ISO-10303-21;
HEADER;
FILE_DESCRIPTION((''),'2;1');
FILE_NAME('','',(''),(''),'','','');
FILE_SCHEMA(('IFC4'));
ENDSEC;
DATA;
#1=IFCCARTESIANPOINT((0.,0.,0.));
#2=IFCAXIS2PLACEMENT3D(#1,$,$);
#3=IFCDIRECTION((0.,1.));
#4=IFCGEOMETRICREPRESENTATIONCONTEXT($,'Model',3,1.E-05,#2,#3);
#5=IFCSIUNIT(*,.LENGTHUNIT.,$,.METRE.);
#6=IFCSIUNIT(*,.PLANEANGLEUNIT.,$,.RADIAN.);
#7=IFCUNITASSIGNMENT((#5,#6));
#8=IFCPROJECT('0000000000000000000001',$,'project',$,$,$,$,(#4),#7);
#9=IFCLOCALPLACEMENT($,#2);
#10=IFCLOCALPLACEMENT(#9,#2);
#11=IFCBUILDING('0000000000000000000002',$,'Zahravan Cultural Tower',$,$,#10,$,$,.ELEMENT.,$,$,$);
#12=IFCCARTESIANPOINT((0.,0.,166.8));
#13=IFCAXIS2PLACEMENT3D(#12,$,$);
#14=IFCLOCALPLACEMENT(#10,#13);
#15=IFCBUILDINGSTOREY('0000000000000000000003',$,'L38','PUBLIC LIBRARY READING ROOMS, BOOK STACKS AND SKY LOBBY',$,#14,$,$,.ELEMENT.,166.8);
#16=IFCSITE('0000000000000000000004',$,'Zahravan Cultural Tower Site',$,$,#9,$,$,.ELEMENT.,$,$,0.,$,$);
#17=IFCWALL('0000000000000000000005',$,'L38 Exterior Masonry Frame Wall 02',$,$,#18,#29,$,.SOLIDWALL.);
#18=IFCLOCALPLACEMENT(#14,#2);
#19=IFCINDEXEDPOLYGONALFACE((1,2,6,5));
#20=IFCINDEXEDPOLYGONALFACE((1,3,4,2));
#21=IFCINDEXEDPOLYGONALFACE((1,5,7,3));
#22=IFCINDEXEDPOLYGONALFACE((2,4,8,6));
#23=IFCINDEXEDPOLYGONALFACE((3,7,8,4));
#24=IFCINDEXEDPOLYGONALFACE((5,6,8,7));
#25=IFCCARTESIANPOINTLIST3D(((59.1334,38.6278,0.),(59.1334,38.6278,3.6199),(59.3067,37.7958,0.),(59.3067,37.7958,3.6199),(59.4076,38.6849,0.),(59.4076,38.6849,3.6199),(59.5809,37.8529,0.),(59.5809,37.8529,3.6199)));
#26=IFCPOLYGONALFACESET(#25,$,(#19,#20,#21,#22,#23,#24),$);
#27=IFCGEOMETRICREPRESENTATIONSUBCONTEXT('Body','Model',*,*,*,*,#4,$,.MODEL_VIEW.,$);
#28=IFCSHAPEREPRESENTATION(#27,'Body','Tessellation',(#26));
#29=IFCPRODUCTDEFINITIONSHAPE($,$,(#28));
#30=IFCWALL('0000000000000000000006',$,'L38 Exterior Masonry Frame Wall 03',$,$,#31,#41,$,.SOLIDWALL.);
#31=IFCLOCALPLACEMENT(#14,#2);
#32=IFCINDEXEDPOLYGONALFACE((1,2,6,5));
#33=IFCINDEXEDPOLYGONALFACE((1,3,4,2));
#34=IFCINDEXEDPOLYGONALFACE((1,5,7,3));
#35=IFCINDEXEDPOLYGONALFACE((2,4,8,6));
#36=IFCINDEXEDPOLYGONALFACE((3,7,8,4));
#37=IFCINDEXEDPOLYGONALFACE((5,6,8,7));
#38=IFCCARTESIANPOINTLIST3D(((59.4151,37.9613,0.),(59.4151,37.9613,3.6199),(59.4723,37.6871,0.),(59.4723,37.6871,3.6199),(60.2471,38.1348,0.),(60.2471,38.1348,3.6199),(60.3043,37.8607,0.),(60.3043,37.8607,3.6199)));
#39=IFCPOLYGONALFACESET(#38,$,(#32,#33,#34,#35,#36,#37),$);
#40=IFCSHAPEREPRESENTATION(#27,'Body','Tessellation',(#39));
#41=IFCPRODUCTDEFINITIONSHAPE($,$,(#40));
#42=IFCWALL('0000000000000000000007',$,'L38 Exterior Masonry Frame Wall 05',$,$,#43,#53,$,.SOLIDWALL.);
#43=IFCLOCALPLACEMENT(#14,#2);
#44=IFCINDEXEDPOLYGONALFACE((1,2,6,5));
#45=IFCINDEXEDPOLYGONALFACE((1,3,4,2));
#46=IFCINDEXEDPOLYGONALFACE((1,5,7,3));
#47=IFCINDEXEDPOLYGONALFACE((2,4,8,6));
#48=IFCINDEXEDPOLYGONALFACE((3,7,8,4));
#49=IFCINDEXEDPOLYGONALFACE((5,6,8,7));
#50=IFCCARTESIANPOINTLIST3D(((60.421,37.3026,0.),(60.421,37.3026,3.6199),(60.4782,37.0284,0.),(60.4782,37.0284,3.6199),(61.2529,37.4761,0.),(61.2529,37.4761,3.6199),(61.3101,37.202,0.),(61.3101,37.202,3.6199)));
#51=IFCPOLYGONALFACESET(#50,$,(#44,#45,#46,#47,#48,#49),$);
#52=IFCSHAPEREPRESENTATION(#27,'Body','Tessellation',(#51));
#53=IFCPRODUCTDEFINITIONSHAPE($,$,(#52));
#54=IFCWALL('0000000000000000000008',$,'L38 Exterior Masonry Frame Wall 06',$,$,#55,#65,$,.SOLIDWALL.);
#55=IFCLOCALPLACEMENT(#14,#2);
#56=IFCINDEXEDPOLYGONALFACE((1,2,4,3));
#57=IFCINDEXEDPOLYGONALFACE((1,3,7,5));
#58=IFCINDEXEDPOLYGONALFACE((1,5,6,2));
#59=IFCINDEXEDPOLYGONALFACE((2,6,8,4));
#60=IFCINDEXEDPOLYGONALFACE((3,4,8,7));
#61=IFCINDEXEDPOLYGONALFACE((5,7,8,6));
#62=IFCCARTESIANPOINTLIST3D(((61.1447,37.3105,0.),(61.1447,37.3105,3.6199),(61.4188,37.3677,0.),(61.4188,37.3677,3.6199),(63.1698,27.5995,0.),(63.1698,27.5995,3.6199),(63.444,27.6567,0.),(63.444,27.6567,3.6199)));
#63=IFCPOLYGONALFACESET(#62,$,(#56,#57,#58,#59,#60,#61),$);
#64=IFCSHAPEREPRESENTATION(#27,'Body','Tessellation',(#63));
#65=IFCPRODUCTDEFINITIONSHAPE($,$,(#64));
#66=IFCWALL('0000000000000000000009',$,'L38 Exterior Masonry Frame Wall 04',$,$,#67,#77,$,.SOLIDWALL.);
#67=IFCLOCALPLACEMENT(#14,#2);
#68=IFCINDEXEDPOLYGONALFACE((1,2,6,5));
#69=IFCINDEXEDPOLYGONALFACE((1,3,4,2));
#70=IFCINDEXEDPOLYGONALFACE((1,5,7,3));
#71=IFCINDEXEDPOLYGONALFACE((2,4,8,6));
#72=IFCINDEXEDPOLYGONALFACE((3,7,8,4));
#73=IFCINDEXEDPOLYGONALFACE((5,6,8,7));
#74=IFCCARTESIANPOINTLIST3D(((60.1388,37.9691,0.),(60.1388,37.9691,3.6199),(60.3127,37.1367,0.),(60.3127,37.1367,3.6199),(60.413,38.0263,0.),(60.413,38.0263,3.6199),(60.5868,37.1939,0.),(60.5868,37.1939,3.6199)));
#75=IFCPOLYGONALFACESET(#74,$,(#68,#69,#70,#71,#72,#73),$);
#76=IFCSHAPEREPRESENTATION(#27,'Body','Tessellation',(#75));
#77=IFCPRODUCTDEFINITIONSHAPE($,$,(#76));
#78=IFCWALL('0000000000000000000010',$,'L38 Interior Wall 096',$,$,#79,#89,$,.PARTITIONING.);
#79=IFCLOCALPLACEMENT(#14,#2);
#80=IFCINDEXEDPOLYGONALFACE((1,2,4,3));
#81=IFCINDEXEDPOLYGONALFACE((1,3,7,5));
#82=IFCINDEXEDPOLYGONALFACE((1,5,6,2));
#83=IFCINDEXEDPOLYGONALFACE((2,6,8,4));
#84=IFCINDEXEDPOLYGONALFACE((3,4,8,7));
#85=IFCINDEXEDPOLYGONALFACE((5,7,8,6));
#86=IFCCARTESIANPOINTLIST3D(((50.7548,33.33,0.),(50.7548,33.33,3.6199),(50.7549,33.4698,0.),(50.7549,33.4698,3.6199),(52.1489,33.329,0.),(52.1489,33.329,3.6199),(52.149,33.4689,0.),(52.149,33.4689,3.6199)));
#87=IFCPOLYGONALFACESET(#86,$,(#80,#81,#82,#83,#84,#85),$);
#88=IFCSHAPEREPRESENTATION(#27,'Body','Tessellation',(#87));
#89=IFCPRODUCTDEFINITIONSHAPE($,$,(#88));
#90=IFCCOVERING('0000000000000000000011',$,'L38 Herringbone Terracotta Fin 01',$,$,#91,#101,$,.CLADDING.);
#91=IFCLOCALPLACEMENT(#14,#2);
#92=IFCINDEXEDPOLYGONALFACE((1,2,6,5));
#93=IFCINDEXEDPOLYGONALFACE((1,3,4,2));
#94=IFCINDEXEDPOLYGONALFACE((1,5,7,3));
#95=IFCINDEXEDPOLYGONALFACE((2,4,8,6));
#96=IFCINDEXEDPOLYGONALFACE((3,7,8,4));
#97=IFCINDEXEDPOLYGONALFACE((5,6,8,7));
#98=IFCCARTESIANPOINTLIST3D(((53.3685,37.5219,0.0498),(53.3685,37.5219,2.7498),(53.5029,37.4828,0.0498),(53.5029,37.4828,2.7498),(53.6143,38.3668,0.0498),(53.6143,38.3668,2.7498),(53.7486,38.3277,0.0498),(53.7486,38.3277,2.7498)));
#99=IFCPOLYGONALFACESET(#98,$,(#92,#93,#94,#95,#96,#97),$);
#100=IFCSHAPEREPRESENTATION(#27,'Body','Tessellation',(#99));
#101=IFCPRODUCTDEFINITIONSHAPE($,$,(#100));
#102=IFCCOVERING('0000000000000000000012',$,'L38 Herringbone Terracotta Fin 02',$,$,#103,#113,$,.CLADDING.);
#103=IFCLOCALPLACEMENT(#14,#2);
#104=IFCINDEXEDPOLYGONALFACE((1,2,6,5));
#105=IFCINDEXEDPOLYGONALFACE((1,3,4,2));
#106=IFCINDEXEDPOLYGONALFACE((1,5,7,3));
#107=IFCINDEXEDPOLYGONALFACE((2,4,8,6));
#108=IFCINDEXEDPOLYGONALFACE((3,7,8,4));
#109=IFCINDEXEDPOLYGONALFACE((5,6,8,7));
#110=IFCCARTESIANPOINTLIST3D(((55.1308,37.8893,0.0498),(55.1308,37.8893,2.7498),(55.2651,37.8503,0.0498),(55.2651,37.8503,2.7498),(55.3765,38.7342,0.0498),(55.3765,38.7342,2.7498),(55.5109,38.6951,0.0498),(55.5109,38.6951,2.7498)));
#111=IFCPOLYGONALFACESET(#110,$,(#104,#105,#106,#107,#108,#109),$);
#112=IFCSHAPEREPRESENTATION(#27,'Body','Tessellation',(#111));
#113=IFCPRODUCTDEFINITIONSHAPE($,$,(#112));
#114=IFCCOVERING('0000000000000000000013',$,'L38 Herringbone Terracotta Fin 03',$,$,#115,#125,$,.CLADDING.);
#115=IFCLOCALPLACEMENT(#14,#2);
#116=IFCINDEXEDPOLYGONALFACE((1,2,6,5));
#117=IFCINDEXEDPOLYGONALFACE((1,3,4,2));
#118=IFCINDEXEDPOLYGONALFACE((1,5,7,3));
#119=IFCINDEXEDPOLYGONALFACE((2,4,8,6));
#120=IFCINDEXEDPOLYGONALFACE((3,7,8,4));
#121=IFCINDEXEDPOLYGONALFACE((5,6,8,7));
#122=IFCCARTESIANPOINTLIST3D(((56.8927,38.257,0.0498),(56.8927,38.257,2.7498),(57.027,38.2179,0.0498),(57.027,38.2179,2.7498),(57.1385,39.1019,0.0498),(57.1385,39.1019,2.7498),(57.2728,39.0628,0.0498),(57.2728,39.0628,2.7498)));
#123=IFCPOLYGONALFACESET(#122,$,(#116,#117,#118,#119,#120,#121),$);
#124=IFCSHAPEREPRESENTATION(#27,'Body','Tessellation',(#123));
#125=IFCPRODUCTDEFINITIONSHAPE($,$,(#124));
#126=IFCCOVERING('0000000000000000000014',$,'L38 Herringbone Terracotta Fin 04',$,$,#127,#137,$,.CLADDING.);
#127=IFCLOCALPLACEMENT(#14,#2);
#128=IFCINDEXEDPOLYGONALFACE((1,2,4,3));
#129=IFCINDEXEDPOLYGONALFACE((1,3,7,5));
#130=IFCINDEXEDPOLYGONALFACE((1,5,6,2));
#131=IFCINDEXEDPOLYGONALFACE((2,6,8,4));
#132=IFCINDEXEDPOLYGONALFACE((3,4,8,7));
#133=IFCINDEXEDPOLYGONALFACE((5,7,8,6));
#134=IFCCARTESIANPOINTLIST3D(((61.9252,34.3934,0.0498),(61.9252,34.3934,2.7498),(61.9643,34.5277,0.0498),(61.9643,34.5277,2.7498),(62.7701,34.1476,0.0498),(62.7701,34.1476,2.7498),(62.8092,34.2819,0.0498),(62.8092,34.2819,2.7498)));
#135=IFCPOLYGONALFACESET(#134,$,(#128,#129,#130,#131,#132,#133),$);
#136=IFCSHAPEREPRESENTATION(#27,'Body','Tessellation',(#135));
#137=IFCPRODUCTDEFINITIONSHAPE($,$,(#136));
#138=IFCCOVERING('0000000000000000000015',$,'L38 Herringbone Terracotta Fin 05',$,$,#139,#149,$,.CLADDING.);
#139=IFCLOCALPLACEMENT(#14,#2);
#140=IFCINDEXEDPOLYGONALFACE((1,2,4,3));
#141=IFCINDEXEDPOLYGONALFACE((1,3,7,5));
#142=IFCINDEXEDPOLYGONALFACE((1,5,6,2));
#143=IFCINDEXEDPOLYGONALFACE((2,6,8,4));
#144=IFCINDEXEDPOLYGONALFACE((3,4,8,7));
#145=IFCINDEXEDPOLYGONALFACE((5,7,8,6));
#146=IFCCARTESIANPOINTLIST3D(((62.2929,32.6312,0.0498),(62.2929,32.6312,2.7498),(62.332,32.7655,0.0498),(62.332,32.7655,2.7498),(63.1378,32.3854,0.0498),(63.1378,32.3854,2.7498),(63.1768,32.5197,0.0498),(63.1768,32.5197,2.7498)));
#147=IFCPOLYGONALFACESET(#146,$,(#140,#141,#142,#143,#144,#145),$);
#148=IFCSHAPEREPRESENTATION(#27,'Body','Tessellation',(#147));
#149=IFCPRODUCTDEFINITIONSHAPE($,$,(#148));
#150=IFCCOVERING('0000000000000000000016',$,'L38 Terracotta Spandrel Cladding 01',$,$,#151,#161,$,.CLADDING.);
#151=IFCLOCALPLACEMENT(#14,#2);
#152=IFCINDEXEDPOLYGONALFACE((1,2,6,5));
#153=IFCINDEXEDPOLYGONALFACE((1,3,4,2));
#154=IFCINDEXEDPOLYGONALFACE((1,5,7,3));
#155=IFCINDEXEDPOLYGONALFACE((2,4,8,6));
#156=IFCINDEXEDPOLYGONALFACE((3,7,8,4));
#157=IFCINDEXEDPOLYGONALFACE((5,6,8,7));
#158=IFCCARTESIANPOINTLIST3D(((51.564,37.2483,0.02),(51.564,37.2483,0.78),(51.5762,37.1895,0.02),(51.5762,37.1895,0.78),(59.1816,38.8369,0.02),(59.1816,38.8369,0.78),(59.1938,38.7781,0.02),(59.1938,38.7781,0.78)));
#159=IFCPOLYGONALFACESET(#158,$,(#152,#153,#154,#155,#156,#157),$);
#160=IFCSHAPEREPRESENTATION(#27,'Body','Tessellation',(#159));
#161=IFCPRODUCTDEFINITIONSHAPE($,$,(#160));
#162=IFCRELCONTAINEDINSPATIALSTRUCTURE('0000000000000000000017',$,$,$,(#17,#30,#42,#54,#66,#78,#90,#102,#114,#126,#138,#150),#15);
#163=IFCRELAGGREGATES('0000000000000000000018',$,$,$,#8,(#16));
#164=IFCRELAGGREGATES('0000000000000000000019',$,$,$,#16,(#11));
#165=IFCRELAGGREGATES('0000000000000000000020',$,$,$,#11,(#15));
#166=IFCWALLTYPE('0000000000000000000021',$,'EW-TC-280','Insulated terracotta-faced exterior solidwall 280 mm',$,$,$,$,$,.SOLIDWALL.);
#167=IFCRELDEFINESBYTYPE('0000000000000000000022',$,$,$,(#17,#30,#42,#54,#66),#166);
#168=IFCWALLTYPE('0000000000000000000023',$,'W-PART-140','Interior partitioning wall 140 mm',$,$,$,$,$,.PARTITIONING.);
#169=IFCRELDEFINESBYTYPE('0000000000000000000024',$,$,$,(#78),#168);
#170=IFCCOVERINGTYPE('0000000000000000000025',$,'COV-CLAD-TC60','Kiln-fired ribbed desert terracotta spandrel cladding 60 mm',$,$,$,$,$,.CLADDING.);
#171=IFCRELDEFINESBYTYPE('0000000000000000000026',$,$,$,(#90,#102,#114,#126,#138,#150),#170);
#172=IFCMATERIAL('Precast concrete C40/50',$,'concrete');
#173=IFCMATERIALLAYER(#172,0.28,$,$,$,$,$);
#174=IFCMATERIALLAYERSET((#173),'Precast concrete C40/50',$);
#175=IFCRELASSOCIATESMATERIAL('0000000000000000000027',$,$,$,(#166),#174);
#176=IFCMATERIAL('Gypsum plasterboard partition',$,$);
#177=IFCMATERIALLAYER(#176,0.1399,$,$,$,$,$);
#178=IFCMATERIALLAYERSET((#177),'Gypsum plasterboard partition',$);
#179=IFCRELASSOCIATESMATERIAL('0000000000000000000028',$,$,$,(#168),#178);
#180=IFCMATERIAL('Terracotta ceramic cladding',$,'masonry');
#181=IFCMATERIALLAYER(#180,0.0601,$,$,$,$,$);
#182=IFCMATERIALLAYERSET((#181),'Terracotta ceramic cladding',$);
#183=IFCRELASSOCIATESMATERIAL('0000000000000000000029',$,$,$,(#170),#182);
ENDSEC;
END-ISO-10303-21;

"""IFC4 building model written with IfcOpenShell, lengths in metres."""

from ifc_helpers import new_model, si_unit, direction, frame, frame_2d, origin, origin_2d, place, context, subcontext, project, spatial, rectangle, extrude, source, transform, mapped, material, layer, layer_set, type_object, element, save


model = new_model("IFC4")

# Units and contexts
model_context = context("Model", 3, precision=1e-05, world=origin(), true_north=direction((0.0, 1.0)))
body_context = subcontext(model_context, "Body", "Model", "MODEL_VIEW")
ifc_project = project(units=[si_unit("LENGTHUNIT", "METRE"), si_unit("PLANEANGLEUNIT", "RADIAN")], contexts=[model_context])

# Site, building, storey
site_placement = place(None, origin())
site = spatial("IfcSite", under=ifc_project, at=site_placement, Name="Zahravan Cultural Tower Site", CompositionType="ELEMENT", RefElevation=0.0)
building_placement = place(site_placement, origin())
building = spatial("IfcBuilding", under=site, at=building_placement, Name="Zahravan Cultural Tower", CompositionType="ELEMENT")
storey_placement = place(building_placement, frame((0.0, 0.0, 166.8)))
storey = spatial("IfcBuildingStorey", under=building, at=storey_placement, Name="L38", Description="PUBLIC LIBRARY READING ROOMS, BOOK STACKS AND SKY LOBBY", CompositionType="ELEMENT", Elevation=166.8)

# Shared definitions
ifc_material_1 = material(Name="Precast concrete C40/50", Category="concrete")
ifc_layer_1 = layer(ifc_material_1, 0.28)
ifc_layer_set_1 = layer_set([ifc_layer_1], Name="Precast concrete C40/50")
wall_type_1 = type_object("IfcWallType", Name="EW-TC-280", Description="Insulated terracotta-faced exterior solidwall 280 mm", PredefinedType="SOLIDWALL", material=ifc_layer_set_1)

# Shared definitions
ifc_material_2 = material(Name="Gypsum plasterboard partition")
ifc_layer_2 = layer(ifc_material_2, 0.1399)
ifc_layer_set_2 = layer_set([ifc_layer_2], Name="Gypsum plasterboard partition")
wall_type_2 = type_object("IfcWallType", Name="W-PART-140", Description="Interior partitioning wall 140 mm", PredefinedType="PARTITIONING", material=ifc_layer_set_2)

# Walls
shared_shape_1 = source(origin(), body_context, "Body", "SweptSolid", [
    extrude(rectangle(XDim=0.8499, YDim=0.28, at=frame_2d((0.4248, 0.0))), origin(), (0.0, 0.0, 1.0), 3.6199),
])
for number, where, z_axis, x_axis, name in (
    (1, (59.2705, 38.6562, 0.0), (0.0, 0.0, 1.0), (0.203954, -0.97898, 0.0), "L38 Exterior Masonry Frame Wall 02"),
    (2, (59.4438, 37.8242, 0.0), (0.0, 0.0, 1.0), (0.978923, 0.20423, 0.0), "L38 Exterior Masonry Frame Wall 03"),
    (3, (60.4497, 37.1655, 0.0), (0.0, 0.0, 1.0), (0.978923, 0.20423, 0.0), "L38 Exterior Masonry Frame Wall 05"),
):
    element("IfcWall", number, at=place(storey_placement, frame(where, z_axis=z_axis, x_axis=x_axis)), inside=storey, type_object=wall_type_1, Name=name, PredefinedType="SOLIDWALL", context=body_context, shape_type="MappedRepresentation", body=[
        mapped(shared_shape_1, transform((0.0, 0.0, 0.0), x_axis=(1.0, 0.0, 0.0), y_axis=(0.0, 1.0, 0.0), z_axis=(0.0, 0.0, 1.0), scale=1.0)),
    ])
shared_shape_2 = source(origin(), body_context, "Body", "SweptSolid", [
    extrude(rectangle(XDim=9.9199, YDim=0.28, at=frame_2d((4.96, 0.0))), origin(), (0.0, 0.0, 1.0), 3.6199),
])
wall_1_placement = place(storey_placement, frame((61.2817, 37.3391, 0.0), z_axis=(0.0, 0.0, 1.0), x_axis=(0.204151, -0.978939, 0.0)))
element("IfcWall", 4, at=wall_1_placement, inside=storey, type_object=wall_type_1, Name="L38 Exterior Masonry Frame Wall 06", PredefinedType="SOLIDWALL", context=body_context, shape_type="MappedRepresentation", body=[
    mapped(shared_shape_2, transform((0.0, 0.0, 0.0), x_axis=(1.0, 0.0, 0.0), y_axis=(0.0, 1.0, 0.0), z_axis=(0.0, 0.0, 1.0), scale=1.0)),
])
shared_shape_3 = source(origin(), body_context, "Body", "SweptSolid", [
    extrude(rectangle(XDim=0.8503, YDim=0.28, at=frame_2d((0.4253, 0.0))), origin(), (0.0, 0.0, 1.0), 3.6199),
])
wall_2_placement = place(storey_placement, frame((60.2759, 37.9978, 0.0), z_axis=(0.0, 0.0, 1.0), x_axis=(0.204447, -0.978878, 0.0)))
element("IfcWall", 5, at=wall_2_placement, inside=storey, type_object=wall_type_1, Name="L38 Exterior Masonry Frame Wall 04", PredefinedType="SOLIDWALL", context=body_context, shape_type="MappedRepresentation", body=[
    mapped(shared_shape_3, transform((0.0, 0.0, 0.0), x_axis=(1.0, 0.0, 0.0), y_axis=(0.0, 1.0, 0.0), z_axis=(0.0, 0.0, 1.0), scale=1.0)),
])
shared_shape_4 = source(origin(), body_context, "Body", "SweptSolid", [
    extrude(rectangle(XDim=1.394, YDim=0.1399, at=frame_2d((0.697, 0.0))), origin(), (0.0, 0.0, 1.0), 3.6199),
])
wall_3_placement = place(storey_placement, frame((52.1489, 33.3989, 0.0), z_axis=(0.0, 0.0, 1.0), x_axis=(-1.0, 0.000701, 0.0)))
element("IfcWall", 6, at=wall_3_placement, inside=storey, type_object=wall_type_2, Name="L38 Interior Wall 096", PredefinedType="PARTITIONING", context=body_context, shape_type="MappedRepresentation", body=[
    mapped(shared_shape_4, transform((0.0, 0.0, 0.0), x_axis=(1.0, 0.0, 0.0), y_axis=(0.0, 1.0, 0.0), z_axis=(0.0, 0.0, 1.0), scale=1.0)),
])

# Coverings
ifc_material_3 = material(Name="Terracotta ceramic cladding", Category="masonry")
ifc_layer_3 = layer(ifc_material_3, 0.0601)
ifc_layer_set_3 = layer_set([ifc_layer_3], Name="Terracotta ceramic cladding")
covering_type = type_object("IfcCoveringType", Name="COV-CLAD-TC60", Description="Kiln-fired ribbed desert terracotta spandrel cladding 60 mm", PredefinedType="CLADDING", material=ifc_layer_set_3)
shared_shape_5 = source(origin(), body_context, "Body", "SweptSolid", [
    extrude(rectangle(XDim=0.8799, YDim=0.1399, at=origin_2d()), origin(), (0.0, 0.0, 1.0), 2.7),
])
for number, where, z_axis, x_axis, name in (
    (7, (53.5586, 37.9248, 0.0498), (0.0, 0.0, 1.0), (0.279326, 0.960196, 0.0), "L38 Herringbone Terracotta Fin 01"),
    (8, (55.3208, 38.2922, 0.0498), (0.0, 0.0, 1.0), (0.279326, 0.960196, 0.0), "L38 Herringbone Terracotta Fin 02"),
    (9, (57.0828, 38.6599, 0.0498), (0.0, 0.0, 1.0), (0.279326, 0.960196, 0.0), "L38 Herringbone Terracotta Fin 03"),
    (10, (62.3672, 34.3376, 0.0498), (0.0, 0.0, 1.0), (0.960196, -0.279326, 0.0), "L38 Herringbone Terracotta Fin 04"),
    (11, (62.7349, 32.5754, 0.0498), (0.0, 0.0, 1.0), (0.960196, -0.279326, 0.0), "L38 Herringbone Terracotta Fin 05"),
):
    element("IfcCovering", number, at=place(storey_placement, frame(where, z_axis=z_axis, x_axis=x_axis)), inside=storey, type_object=covering_type, Name=name, PredefinedType="CLADDING", context=body_context, shape_type="MappedRepresentation", body=[
        mapped(shared_shape_5, transform((0.0, 0.0, 0.0), x_axis=(1.0, 0.0, 0.0), y_axis=(0.0, 1.0, 0.0), z_axis=(0.0, 0.0, 1.0), scale=1.0)),
    ])
shared_shape_6 = source(origin(), body_context, "Body", "SweptSolid", [
    extrude(rectangle(XDim=7.7815, YDim=0.0601, at=origin_2d()), origin(), (0.0, 0.0, 1.0), 0.76),
])
covering_placement = place(storey_placement, frame((55.3789, 38.0132, 0.02), z_axis=(0.0, 0.0, 1.0), x_axis=(0.978939, 0.204154, 0.0)))
element("IfcCovering", 12, at=covering_placement, inside=storey, type_object=covering_type, Name="L38 Terracotta Spandrel Cladding 01", PredefinedType="CLADDING", context=body_context, shape_type="MappedRepresentation", body=[
    mapped(shared_shape_6, transform((0.0, 0.0, 0.0), x_axis=(1.0, 0.0, 0.0), y_axis=(0.0, 1.0, 0.0), z_axis=(0.0, 0.0, 1.0), scale=1.0)),
])

save(model, "model.ifc")
